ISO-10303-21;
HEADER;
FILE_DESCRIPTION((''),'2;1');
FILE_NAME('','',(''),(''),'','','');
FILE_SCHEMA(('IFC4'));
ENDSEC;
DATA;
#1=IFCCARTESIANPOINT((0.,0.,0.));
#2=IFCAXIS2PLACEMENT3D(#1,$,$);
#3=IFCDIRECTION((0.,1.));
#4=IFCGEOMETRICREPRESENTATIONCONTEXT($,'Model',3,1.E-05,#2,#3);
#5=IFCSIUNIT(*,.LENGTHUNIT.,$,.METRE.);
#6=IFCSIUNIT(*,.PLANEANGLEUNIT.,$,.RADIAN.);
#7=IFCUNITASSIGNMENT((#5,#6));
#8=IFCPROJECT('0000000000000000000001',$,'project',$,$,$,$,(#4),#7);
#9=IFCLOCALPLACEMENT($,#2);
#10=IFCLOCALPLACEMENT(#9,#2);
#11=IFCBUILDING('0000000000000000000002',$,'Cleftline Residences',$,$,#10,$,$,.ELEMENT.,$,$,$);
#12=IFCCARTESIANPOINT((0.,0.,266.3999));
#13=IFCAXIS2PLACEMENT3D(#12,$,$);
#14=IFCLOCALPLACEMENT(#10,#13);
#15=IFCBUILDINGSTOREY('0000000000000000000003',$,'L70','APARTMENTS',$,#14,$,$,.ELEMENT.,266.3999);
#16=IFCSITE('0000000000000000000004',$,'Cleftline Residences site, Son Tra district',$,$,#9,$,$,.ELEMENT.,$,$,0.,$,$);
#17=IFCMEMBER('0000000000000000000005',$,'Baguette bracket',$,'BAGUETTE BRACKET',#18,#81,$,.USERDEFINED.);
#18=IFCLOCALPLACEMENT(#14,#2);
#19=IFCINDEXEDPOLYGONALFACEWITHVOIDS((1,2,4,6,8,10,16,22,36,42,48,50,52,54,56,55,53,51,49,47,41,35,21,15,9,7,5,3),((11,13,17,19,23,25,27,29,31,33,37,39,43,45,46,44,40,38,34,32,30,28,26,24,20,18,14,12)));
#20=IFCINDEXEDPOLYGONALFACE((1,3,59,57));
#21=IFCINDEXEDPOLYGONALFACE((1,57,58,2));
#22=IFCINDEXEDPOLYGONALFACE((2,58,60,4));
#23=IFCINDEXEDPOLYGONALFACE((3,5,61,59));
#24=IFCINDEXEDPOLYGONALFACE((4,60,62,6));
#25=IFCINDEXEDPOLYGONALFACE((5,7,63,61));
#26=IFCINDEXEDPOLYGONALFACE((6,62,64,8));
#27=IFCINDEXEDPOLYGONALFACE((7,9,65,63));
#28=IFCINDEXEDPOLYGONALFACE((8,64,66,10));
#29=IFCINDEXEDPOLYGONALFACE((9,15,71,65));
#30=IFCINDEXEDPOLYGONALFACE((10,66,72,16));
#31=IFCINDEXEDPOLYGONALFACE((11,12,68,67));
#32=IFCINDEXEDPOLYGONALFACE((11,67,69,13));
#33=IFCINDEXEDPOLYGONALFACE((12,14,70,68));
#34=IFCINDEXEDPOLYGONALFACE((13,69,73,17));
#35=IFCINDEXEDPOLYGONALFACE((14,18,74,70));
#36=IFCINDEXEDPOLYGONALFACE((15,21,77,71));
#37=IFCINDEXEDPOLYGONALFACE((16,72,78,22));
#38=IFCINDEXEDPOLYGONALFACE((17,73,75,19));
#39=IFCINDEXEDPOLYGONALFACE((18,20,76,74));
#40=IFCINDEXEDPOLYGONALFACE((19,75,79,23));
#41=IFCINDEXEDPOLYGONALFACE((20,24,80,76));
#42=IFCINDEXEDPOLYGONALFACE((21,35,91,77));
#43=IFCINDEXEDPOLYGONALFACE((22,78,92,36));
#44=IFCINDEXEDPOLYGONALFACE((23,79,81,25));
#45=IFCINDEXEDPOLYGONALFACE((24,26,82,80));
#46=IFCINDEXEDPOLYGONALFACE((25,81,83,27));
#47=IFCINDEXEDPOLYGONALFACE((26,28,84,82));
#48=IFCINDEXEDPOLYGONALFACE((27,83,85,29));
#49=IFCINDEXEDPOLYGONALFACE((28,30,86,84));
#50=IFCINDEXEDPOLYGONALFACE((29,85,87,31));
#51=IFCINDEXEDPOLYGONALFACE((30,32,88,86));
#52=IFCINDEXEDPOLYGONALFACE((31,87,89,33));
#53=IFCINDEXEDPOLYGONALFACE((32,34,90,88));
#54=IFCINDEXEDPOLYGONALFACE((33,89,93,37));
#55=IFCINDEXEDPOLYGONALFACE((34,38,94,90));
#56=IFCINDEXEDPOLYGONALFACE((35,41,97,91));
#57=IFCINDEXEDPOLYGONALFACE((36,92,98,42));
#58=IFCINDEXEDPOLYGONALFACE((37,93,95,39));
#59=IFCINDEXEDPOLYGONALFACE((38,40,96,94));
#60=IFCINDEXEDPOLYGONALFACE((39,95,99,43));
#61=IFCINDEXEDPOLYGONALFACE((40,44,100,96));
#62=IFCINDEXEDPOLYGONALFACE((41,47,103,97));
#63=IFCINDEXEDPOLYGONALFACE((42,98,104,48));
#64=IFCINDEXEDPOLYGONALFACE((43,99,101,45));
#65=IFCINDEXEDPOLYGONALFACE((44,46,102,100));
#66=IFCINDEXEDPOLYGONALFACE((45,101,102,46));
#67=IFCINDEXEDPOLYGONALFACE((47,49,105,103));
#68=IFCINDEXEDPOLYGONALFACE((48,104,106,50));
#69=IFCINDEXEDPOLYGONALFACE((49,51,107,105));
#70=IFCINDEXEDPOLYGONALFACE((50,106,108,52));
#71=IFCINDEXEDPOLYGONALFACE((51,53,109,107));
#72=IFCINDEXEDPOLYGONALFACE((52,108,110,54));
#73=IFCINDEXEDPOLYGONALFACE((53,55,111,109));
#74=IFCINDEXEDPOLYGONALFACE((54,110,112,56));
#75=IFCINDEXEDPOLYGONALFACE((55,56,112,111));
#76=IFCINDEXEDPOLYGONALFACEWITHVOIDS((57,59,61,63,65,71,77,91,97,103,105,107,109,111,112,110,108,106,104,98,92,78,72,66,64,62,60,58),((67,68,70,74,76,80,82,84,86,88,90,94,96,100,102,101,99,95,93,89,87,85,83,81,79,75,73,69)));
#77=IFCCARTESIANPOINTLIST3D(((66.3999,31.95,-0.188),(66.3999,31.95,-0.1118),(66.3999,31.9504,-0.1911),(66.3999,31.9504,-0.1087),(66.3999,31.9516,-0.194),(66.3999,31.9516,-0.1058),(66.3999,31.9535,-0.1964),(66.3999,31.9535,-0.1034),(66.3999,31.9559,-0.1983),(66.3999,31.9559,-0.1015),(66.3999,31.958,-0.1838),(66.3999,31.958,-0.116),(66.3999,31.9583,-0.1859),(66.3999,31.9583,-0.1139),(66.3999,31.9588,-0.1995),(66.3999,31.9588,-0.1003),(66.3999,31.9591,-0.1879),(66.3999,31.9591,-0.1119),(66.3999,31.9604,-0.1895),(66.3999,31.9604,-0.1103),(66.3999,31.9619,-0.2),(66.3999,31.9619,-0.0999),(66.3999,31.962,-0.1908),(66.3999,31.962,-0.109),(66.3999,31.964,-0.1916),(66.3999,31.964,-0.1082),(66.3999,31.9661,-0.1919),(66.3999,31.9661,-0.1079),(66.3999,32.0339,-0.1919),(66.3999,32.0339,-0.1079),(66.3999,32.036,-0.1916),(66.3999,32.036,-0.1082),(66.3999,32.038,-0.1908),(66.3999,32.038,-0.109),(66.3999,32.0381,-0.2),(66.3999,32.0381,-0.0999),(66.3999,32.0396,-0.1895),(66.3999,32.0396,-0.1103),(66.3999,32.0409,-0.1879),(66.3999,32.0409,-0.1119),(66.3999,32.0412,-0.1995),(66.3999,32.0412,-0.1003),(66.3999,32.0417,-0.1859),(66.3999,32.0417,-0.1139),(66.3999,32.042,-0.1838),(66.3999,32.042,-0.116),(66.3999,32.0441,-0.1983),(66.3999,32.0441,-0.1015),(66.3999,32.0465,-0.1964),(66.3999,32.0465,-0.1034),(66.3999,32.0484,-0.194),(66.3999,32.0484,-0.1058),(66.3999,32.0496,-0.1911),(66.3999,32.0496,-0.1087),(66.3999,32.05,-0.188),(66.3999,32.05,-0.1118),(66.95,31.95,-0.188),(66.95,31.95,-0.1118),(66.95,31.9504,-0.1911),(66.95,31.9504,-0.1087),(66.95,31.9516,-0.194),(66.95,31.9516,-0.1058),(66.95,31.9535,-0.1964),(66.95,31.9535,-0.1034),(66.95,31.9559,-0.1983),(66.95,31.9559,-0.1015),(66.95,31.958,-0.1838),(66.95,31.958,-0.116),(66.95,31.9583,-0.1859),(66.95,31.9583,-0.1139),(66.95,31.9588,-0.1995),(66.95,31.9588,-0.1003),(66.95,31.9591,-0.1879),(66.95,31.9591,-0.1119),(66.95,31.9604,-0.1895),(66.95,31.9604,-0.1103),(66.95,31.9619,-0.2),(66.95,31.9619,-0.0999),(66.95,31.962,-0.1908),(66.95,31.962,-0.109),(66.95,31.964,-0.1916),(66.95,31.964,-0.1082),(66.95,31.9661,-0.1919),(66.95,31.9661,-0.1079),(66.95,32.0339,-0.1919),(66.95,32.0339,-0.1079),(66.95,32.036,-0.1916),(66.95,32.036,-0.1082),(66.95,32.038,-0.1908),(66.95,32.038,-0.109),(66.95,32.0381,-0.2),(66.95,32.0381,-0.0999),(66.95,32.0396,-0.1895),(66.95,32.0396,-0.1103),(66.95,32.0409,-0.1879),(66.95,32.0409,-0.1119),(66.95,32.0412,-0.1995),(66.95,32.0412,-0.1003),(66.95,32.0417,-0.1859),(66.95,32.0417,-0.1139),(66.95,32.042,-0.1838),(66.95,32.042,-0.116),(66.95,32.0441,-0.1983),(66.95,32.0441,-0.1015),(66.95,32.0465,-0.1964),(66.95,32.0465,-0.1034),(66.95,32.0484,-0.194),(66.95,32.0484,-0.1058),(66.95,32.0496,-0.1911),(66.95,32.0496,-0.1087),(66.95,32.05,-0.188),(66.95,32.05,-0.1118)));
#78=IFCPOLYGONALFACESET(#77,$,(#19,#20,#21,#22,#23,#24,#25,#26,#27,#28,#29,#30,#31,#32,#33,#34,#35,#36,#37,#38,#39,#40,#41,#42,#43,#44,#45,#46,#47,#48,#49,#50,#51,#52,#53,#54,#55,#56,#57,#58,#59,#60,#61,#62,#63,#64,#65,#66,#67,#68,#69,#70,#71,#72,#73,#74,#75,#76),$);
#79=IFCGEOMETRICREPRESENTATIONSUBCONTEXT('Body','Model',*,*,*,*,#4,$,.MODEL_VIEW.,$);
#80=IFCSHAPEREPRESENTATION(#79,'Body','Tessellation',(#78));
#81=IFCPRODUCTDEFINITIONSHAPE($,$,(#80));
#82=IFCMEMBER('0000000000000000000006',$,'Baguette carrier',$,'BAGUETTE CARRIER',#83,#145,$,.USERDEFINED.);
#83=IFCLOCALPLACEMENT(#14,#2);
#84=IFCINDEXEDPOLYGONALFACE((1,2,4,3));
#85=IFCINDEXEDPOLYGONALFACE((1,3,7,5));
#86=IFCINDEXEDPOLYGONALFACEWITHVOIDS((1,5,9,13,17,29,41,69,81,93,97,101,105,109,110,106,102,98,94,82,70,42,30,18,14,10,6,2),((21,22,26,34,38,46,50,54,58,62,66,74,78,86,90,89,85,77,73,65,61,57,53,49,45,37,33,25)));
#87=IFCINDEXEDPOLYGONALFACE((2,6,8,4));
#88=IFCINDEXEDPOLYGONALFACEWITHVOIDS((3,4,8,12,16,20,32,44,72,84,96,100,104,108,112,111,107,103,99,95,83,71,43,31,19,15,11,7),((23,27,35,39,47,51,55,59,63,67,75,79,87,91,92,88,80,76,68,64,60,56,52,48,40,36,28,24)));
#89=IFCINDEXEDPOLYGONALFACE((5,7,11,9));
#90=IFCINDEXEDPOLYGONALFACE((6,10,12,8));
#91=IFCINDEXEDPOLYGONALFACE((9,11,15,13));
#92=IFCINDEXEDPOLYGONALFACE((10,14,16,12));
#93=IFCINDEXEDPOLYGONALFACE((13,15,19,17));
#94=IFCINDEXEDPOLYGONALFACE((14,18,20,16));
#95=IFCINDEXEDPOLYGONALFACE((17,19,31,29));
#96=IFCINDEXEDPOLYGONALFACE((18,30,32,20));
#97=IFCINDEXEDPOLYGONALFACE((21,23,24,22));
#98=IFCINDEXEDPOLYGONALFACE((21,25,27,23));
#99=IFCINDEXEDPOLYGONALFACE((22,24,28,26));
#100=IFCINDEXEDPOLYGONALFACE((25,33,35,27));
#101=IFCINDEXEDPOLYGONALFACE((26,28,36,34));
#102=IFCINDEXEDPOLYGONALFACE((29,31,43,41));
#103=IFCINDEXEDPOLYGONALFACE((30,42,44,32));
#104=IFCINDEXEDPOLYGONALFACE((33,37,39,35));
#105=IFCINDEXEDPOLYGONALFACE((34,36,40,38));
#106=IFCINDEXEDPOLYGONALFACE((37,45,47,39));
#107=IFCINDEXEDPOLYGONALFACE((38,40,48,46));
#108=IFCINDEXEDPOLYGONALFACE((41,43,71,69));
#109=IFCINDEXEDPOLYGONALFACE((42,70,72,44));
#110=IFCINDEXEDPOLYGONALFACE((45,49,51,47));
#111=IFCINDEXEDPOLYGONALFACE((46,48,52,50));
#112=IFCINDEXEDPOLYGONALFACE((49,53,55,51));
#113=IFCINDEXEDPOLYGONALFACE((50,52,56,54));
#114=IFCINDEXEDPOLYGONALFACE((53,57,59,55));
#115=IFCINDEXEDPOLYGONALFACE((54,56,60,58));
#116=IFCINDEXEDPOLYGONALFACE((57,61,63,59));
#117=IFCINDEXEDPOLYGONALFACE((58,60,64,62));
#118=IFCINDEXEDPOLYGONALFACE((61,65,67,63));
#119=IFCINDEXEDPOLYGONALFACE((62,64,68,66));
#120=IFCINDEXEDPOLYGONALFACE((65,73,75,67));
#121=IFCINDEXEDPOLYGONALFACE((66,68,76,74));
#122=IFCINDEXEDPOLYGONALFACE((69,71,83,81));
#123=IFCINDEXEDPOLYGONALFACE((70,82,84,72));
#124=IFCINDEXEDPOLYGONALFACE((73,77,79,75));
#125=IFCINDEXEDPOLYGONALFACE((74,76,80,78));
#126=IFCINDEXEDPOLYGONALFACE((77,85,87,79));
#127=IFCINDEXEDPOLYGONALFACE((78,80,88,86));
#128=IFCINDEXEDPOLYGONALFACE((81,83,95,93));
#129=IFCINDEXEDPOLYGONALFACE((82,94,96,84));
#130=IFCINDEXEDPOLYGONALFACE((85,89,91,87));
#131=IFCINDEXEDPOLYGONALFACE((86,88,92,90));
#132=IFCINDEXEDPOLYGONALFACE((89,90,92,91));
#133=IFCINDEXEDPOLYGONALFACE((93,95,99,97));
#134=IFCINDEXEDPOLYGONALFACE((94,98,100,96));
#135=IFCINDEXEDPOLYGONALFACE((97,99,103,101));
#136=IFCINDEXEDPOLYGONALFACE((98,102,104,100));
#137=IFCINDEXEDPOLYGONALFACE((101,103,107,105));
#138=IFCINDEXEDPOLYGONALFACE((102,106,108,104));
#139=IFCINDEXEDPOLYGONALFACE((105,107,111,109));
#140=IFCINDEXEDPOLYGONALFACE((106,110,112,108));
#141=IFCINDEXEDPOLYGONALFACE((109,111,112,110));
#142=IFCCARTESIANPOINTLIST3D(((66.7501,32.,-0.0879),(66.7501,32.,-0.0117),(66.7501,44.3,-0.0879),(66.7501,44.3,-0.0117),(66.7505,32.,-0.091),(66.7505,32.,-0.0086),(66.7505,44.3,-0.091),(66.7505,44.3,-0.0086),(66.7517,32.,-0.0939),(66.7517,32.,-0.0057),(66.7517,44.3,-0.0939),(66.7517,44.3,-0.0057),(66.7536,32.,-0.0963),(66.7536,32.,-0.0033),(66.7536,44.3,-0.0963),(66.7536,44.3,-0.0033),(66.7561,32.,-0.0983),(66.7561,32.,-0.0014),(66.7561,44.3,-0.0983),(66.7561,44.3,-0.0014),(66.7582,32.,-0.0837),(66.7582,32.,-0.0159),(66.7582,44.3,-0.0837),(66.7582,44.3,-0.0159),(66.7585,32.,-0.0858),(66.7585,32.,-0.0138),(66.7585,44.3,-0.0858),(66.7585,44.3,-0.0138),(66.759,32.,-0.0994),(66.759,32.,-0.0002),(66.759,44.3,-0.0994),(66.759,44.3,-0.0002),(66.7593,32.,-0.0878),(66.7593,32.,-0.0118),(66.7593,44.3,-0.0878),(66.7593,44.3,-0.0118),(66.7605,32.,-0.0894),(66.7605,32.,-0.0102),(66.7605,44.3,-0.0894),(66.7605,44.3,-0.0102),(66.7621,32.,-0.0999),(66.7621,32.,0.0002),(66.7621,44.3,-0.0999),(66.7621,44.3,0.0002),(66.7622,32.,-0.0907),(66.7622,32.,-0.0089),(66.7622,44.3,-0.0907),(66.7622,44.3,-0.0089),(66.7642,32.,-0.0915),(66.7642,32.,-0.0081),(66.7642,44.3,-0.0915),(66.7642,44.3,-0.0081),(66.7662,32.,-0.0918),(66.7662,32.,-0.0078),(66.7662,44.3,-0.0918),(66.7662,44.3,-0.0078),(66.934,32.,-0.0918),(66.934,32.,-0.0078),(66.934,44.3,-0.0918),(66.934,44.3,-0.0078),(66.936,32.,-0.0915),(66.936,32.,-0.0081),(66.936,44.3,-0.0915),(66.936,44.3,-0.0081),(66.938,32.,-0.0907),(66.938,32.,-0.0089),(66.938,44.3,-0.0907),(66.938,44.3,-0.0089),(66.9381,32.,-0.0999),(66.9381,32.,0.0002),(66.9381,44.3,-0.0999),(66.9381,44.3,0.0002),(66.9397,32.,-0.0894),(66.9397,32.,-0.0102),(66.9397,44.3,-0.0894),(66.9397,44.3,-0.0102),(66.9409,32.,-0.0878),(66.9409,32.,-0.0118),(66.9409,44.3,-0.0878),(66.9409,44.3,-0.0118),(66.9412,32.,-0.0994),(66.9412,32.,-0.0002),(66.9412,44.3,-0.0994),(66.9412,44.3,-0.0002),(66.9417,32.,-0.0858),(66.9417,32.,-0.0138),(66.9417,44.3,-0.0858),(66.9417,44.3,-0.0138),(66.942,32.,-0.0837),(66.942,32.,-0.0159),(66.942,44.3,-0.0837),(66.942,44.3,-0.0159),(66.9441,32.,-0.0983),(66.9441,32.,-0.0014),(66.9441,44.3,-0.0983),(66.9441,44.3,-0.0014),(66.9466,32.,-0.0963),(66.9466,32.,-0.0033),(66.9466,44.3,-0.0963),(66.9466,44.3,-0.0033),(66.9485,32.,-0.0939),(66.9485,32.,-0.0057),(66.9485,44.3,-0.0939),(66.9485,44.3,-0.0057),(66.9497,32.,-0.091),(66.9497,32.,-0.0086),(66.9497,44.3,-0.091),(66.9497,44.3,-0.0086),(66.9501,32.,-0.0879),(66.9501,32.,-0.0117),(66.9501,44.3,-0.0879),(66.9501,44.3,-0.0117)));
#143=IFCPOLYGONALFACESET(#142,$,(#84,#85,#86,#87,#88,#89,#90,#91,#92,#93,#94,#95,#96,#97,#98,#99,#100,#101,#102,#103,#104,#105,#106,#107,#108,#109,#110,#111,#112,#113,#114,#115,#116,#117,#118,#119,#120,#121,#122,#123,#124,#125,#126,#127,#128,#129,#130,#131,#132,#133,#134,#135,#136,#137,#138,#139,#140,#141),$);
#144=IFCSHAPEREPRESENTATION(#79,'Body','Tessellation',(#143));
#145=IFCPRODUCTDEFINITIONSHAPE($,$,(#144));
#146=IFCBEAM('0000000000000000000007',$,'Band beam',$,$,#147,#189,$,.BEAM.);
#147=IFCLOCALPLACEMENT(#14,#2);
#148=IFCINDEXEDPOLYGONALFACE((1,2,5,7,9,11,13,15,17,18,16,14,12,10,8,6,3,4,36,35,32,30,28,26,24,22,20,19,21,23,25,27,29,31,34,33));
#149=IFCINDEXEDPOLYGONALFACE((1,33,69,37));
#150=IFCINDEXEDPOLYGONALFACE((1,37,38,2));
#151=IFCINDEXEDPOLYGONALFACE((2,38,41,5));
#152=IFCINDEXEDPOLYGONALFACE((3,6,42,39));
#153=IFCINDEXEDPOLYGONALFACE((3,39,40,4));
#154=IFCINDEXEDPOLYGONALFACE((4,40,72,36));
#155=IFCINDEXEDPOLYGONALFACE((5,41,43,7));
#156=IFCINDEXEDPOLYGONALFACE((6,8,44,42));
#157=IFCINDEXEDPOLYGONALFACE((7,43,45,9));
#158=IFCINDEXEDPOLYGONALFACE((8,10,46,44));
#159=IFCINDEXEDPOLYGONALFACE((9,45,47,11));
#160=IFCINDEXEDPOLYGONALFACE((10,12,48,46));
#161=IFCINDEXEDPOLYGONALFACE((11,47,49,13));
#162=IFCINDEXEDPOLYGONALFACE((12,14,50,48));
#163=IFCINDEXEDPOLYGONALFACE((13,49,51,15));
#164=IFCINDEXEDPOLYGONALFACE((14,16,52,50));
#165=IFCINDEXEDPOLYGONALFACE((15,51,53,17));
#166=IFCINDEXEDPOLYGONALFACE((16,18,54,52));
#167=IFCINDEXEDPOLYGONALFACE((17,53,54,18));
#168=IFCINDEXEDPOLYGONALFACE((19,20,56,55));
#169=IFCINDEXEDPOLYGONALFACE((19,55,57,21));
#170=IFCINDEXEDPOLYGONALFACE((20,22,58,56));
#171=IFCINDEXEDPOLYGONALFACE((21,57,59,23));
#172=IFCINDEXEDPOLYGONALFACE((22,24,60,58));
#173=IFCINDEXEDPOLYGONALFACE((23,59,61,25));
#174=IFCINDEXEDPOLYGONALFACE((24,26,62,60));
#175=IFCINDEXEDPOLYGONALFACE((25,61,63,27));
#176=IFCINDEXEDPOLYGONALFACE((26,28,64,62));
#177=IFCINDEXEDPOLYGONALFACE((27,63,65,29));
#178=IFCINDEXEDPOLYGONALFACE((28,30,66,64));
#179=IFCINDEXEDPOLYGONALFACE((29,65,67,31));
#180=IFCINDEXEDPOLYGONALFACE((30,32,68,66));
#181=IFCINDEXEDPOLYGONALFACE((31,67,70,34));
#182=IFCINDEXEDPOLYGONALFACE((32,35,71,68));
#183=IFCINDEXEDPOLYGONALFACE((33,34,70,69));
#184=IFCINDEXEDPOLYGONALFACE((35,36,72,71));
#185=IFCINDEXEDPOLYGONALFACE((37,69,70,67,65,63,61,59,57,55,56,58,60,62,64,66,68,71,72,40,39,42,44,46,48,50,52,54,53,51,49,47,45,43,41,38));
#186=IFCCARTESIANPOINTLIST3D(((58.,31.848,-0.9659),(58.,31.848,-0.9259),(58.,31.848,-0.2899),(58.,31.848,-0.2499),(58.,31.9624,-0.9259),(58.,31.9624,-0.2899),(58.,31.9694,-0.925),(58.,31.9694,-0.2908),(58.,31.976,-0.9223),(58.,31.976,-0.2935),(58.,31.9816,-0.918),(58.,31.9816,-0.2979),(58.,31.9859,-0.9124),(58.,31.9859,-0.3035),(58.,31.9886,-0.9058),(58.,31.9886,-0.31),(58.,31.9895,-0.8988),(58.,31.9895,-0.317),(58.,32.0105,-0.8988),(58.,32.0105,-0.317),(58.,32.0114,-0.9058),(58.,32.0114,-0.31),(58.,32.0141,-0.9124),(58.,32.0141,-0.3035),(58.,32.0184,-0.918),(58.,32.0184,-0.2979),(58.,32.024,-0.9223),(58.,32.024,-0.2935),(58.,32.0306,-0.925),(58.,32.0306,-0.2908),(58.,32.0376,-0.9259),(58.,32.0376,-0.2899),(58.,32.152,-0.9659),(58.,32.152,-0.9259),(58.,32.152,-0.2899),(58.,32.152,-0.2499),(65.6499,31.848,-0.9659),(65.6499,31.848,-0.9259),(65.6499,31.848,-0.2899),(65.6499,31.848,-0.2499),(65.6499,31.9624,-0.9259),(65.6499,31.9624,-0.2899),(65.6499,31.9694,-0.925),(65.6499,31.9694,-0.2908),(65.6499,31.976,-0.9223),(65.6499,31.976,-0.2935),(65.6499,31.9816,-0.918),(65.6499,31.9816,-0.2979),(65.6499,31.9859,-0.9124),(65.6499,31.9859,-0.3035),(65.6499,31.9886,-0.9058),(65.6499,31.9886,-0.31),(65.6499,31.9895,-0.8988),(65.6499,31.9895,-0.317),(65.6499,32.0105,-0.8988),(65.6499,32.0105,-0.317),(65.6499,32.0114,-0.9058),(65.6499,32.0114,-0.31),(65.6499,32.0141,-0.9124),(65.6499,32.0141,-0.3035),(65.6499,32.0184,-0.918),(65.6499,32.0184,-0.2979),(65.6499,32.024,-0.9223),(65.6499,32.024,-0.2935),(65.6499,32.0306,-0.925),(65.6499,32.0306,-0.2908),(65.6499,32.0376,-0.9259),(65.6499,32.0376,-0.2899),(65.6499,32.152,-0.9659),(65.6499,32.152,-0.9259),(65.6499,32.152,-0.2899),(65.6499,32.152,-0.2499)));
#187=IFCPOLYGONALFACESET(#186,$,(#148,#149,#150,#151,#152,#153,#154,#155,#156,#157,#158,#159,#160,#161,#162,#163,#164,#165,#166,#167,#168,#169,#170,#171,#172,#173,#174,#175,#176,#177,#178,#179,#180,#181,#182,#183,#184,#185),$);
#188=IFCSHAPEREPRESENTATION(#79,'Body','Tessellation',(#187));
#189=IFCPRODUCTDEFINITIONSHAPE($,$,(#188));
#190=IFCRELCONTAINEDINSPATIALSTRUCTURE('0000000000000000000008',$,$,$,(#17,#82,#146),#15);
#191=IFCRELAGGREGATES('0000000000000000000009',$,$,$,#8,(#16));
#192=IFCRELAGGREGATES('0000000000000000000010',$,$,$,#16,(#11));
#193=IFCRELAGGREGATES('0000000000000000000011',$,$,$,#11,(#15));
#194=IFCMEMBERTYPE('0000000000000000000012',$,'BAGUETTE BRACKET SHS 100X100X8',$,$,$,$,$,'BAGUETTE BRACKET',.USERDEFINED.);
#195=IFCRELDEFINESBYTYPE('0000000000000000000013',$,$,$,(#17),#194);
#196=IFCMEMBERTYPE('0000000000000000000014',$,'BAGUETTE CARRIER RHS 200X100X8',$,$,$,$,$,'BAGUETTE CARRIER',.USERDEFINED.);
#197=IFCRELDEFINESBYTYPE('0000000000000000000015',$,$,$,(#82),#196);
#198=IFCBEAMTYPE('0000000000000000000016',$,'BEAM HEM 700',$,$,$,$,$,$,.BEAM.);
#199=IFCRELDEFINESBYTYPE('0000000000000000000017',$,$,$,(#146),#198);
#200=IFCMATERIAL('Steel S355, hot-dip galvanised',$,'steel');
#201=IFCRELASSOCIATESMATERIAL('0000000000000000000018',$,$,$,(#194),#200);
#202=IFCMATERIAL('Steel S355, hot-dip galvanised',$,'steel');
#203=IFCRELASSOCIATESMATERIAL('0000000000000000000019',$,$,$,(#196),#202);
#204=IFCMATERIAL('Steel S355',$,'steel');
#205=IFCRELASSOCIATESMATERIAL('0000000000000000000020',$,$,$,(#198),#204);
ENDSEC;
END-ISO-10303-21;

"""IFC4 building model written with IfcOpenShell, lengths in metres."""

from ifc_helpers import new_model, si_unit, direction, frame, origin, origin_2d, place, context, subcontext, project, spatial, hollow_rectangle, i_section, extrude, material, material_profile, profile_set, type_object, element, save


model = new_model("IFC4")

# Units and contexts
model_context = context("Model", 3, precision=1e-05, world=origin(), true_north=direction((0.0, 1.0)))
body_context = subcontext(model_context, "Body", "Model", "MODEL_VIEW")
ifc_project = project(units=[si_unit("LENGTHUNIT", "METRE"), si_unit("PLANEANGLEUNIT", "RADIAN")], contexts=[model_context])

# Site, building, storey
site_placement = place(None, origin())
site = spatial("IfcSite", under=ifc_project, at=site_placement, Name="Cleftline Residences site, Son Tra district", CompositionType="ELEMENT", RefElevation=0.0)
building_placement = place(site_placement, origin())
building = spatial("IfcBuilding", under=site, at=building_placement, Name="Cleftline Residences", CompositionType="ELEMENT")
storey_placement = place(building_placement, frame((0.0, 0.0, 266.3999)))
storey = spatial("IfcBuildingStorey", under=building, at=storey_placement, Name="L70", Description="APARTMENTS", CompositionType="ELEMENT", Elevation=266.3999)

# Members
ifc_material_1 = material(Name="Steel S355, hot-dip galvanised", Category="steel")
ifc_material_profile_1 = material_profile(ifc_material_1, hollow_rectangle(XDim=0.1001, YDim=0.1001, WallThickness=0.0081, InnerFilletRadius=0.0081, OuterFilletRadius=0.012, at=origin_2d()))
ifc_profile_set_1 = profile_set([ifc_material_profile_1], Name="Steel S355, hot-dip galvanised")
member_type_1 = type_object("IfcMemberType", Name="BAGUETTE BRACKET SHS 100X100X8", ElementType="BAGUETTE BRACKET", PredefinedType="USERDEFINED", material=ifc_profile_set_1)
member_1_placement = place(storey_placement, frame((66.3999, 32.0, -0.1499), z_axis=(1.0, 0.0, 0.0), x_axis=(0.0, 1.0, 0.0)))
element("IfcMember", 1, at=member_1_placement, inside=storey, type_object=member_type_1, Name="Baguette bracket", ObjectType="BAGUETTE BRACKET", PredefinedType="USERDEFINED", context=body_context, shape_type="SweptSolid", body=[
    extrude(hollow_rectangle(XDim=0.1001, YDim=0.1001, WallThickness=0.0081, InnerFilletRadius=0.0081, OuterFilletRadius=0.012, at=origin_2d()), origin(), (0.0, 0.0, 1.0), 0.55),
])
ifc_material_2 = material(Name="Steel S355, hot-dip galvanised", Category="steel")
ifc_material_profile_2 = material_profile(ifc_material_2, hollow_rectangle(XDim=0.1001, YDim=0.2, WallThickness=0.0081, InnerFilletRadius=0.0081, OuterFilletRadius=0.012, at=origin_2d()))
ifc_profile_set_2 = profile_set([ifc_material_profile_2], Name="Steel S355, hot-dip galvanised")
member_type_2 = type_object("IfcMemberType", Name="BAGUETTE CARRIER RHS 200X100X8", ElementType="BAGUETTE CARRIER", PredefinedType="USERDEFINED", material=ifc_profile_set_2)
member_2_placement = place(storey_placement, frame((66.8501, 32.0, -0.0498), z_axis=(0.0, 1.0, 0.0), x_axis=(0.0, 0.0, 1.0)))
element("IfcMember", 2, at=member_2_placement, inside=storey, type_object=member_type_2, Name="Baguette carrier", ObjectType="BAGUETTE CARRIER", PredefinedType="USERDEFINED", context=body_context, shape_type="SweptSolid", body=[
    extrude(hollow_rectangle(XDim=0.1001, YDim=0.2, WallThickness=0.0081, InnerFilletRadius=0.0081, OuterFilletRadius=0.012, at=origin_2d()), origin(), (0.0, 0.0, 1.0), 12.3),
])

# Beam
ifc_material_3 = material(Name="Steel S355", Category="steel")
ifc_material_profile_3 = material_profile(ifc_material_3, i_section(OverallWidth=0.304, OverallDepth=0.7161, WebThickness=0.021, FlangeThickness=0.04, FilletRadius=0.0271, at=origin_2d()))
ifc_profile_set_3 = profile_set([ifc_material_profile_3], Name="Steel S355")
beam_type = type_object("IfcBeamType", Name="BEAM HEM 700", PredefinedType="BEAM", material=ifc_profile_set_3)
beam_placement = place(storey_placement, frame((65.6499, 32.0, -0.6079), z_axis=(-1.0, 0.0, 0.0), x_axis=(0.0, -1.0, 0.0)))
element("IfcBeam", 3, at=beam_placement, inside=storey, type_object=beam_type, Name="Band beam", PredefinedType="BEAM", context=body_context, shape_type="SweptSolid", body=[
    extrude(i_section(OverallWidth=0.304, OverallDepth=0.7161, WebThickness=0.021, FlangeThickness=0.04, FilletRadius=0.0271, at=origin_2d()), origin(), (0.0, 0.0, 1.0), 7.6499),
])

save(model, "model.ifc")
